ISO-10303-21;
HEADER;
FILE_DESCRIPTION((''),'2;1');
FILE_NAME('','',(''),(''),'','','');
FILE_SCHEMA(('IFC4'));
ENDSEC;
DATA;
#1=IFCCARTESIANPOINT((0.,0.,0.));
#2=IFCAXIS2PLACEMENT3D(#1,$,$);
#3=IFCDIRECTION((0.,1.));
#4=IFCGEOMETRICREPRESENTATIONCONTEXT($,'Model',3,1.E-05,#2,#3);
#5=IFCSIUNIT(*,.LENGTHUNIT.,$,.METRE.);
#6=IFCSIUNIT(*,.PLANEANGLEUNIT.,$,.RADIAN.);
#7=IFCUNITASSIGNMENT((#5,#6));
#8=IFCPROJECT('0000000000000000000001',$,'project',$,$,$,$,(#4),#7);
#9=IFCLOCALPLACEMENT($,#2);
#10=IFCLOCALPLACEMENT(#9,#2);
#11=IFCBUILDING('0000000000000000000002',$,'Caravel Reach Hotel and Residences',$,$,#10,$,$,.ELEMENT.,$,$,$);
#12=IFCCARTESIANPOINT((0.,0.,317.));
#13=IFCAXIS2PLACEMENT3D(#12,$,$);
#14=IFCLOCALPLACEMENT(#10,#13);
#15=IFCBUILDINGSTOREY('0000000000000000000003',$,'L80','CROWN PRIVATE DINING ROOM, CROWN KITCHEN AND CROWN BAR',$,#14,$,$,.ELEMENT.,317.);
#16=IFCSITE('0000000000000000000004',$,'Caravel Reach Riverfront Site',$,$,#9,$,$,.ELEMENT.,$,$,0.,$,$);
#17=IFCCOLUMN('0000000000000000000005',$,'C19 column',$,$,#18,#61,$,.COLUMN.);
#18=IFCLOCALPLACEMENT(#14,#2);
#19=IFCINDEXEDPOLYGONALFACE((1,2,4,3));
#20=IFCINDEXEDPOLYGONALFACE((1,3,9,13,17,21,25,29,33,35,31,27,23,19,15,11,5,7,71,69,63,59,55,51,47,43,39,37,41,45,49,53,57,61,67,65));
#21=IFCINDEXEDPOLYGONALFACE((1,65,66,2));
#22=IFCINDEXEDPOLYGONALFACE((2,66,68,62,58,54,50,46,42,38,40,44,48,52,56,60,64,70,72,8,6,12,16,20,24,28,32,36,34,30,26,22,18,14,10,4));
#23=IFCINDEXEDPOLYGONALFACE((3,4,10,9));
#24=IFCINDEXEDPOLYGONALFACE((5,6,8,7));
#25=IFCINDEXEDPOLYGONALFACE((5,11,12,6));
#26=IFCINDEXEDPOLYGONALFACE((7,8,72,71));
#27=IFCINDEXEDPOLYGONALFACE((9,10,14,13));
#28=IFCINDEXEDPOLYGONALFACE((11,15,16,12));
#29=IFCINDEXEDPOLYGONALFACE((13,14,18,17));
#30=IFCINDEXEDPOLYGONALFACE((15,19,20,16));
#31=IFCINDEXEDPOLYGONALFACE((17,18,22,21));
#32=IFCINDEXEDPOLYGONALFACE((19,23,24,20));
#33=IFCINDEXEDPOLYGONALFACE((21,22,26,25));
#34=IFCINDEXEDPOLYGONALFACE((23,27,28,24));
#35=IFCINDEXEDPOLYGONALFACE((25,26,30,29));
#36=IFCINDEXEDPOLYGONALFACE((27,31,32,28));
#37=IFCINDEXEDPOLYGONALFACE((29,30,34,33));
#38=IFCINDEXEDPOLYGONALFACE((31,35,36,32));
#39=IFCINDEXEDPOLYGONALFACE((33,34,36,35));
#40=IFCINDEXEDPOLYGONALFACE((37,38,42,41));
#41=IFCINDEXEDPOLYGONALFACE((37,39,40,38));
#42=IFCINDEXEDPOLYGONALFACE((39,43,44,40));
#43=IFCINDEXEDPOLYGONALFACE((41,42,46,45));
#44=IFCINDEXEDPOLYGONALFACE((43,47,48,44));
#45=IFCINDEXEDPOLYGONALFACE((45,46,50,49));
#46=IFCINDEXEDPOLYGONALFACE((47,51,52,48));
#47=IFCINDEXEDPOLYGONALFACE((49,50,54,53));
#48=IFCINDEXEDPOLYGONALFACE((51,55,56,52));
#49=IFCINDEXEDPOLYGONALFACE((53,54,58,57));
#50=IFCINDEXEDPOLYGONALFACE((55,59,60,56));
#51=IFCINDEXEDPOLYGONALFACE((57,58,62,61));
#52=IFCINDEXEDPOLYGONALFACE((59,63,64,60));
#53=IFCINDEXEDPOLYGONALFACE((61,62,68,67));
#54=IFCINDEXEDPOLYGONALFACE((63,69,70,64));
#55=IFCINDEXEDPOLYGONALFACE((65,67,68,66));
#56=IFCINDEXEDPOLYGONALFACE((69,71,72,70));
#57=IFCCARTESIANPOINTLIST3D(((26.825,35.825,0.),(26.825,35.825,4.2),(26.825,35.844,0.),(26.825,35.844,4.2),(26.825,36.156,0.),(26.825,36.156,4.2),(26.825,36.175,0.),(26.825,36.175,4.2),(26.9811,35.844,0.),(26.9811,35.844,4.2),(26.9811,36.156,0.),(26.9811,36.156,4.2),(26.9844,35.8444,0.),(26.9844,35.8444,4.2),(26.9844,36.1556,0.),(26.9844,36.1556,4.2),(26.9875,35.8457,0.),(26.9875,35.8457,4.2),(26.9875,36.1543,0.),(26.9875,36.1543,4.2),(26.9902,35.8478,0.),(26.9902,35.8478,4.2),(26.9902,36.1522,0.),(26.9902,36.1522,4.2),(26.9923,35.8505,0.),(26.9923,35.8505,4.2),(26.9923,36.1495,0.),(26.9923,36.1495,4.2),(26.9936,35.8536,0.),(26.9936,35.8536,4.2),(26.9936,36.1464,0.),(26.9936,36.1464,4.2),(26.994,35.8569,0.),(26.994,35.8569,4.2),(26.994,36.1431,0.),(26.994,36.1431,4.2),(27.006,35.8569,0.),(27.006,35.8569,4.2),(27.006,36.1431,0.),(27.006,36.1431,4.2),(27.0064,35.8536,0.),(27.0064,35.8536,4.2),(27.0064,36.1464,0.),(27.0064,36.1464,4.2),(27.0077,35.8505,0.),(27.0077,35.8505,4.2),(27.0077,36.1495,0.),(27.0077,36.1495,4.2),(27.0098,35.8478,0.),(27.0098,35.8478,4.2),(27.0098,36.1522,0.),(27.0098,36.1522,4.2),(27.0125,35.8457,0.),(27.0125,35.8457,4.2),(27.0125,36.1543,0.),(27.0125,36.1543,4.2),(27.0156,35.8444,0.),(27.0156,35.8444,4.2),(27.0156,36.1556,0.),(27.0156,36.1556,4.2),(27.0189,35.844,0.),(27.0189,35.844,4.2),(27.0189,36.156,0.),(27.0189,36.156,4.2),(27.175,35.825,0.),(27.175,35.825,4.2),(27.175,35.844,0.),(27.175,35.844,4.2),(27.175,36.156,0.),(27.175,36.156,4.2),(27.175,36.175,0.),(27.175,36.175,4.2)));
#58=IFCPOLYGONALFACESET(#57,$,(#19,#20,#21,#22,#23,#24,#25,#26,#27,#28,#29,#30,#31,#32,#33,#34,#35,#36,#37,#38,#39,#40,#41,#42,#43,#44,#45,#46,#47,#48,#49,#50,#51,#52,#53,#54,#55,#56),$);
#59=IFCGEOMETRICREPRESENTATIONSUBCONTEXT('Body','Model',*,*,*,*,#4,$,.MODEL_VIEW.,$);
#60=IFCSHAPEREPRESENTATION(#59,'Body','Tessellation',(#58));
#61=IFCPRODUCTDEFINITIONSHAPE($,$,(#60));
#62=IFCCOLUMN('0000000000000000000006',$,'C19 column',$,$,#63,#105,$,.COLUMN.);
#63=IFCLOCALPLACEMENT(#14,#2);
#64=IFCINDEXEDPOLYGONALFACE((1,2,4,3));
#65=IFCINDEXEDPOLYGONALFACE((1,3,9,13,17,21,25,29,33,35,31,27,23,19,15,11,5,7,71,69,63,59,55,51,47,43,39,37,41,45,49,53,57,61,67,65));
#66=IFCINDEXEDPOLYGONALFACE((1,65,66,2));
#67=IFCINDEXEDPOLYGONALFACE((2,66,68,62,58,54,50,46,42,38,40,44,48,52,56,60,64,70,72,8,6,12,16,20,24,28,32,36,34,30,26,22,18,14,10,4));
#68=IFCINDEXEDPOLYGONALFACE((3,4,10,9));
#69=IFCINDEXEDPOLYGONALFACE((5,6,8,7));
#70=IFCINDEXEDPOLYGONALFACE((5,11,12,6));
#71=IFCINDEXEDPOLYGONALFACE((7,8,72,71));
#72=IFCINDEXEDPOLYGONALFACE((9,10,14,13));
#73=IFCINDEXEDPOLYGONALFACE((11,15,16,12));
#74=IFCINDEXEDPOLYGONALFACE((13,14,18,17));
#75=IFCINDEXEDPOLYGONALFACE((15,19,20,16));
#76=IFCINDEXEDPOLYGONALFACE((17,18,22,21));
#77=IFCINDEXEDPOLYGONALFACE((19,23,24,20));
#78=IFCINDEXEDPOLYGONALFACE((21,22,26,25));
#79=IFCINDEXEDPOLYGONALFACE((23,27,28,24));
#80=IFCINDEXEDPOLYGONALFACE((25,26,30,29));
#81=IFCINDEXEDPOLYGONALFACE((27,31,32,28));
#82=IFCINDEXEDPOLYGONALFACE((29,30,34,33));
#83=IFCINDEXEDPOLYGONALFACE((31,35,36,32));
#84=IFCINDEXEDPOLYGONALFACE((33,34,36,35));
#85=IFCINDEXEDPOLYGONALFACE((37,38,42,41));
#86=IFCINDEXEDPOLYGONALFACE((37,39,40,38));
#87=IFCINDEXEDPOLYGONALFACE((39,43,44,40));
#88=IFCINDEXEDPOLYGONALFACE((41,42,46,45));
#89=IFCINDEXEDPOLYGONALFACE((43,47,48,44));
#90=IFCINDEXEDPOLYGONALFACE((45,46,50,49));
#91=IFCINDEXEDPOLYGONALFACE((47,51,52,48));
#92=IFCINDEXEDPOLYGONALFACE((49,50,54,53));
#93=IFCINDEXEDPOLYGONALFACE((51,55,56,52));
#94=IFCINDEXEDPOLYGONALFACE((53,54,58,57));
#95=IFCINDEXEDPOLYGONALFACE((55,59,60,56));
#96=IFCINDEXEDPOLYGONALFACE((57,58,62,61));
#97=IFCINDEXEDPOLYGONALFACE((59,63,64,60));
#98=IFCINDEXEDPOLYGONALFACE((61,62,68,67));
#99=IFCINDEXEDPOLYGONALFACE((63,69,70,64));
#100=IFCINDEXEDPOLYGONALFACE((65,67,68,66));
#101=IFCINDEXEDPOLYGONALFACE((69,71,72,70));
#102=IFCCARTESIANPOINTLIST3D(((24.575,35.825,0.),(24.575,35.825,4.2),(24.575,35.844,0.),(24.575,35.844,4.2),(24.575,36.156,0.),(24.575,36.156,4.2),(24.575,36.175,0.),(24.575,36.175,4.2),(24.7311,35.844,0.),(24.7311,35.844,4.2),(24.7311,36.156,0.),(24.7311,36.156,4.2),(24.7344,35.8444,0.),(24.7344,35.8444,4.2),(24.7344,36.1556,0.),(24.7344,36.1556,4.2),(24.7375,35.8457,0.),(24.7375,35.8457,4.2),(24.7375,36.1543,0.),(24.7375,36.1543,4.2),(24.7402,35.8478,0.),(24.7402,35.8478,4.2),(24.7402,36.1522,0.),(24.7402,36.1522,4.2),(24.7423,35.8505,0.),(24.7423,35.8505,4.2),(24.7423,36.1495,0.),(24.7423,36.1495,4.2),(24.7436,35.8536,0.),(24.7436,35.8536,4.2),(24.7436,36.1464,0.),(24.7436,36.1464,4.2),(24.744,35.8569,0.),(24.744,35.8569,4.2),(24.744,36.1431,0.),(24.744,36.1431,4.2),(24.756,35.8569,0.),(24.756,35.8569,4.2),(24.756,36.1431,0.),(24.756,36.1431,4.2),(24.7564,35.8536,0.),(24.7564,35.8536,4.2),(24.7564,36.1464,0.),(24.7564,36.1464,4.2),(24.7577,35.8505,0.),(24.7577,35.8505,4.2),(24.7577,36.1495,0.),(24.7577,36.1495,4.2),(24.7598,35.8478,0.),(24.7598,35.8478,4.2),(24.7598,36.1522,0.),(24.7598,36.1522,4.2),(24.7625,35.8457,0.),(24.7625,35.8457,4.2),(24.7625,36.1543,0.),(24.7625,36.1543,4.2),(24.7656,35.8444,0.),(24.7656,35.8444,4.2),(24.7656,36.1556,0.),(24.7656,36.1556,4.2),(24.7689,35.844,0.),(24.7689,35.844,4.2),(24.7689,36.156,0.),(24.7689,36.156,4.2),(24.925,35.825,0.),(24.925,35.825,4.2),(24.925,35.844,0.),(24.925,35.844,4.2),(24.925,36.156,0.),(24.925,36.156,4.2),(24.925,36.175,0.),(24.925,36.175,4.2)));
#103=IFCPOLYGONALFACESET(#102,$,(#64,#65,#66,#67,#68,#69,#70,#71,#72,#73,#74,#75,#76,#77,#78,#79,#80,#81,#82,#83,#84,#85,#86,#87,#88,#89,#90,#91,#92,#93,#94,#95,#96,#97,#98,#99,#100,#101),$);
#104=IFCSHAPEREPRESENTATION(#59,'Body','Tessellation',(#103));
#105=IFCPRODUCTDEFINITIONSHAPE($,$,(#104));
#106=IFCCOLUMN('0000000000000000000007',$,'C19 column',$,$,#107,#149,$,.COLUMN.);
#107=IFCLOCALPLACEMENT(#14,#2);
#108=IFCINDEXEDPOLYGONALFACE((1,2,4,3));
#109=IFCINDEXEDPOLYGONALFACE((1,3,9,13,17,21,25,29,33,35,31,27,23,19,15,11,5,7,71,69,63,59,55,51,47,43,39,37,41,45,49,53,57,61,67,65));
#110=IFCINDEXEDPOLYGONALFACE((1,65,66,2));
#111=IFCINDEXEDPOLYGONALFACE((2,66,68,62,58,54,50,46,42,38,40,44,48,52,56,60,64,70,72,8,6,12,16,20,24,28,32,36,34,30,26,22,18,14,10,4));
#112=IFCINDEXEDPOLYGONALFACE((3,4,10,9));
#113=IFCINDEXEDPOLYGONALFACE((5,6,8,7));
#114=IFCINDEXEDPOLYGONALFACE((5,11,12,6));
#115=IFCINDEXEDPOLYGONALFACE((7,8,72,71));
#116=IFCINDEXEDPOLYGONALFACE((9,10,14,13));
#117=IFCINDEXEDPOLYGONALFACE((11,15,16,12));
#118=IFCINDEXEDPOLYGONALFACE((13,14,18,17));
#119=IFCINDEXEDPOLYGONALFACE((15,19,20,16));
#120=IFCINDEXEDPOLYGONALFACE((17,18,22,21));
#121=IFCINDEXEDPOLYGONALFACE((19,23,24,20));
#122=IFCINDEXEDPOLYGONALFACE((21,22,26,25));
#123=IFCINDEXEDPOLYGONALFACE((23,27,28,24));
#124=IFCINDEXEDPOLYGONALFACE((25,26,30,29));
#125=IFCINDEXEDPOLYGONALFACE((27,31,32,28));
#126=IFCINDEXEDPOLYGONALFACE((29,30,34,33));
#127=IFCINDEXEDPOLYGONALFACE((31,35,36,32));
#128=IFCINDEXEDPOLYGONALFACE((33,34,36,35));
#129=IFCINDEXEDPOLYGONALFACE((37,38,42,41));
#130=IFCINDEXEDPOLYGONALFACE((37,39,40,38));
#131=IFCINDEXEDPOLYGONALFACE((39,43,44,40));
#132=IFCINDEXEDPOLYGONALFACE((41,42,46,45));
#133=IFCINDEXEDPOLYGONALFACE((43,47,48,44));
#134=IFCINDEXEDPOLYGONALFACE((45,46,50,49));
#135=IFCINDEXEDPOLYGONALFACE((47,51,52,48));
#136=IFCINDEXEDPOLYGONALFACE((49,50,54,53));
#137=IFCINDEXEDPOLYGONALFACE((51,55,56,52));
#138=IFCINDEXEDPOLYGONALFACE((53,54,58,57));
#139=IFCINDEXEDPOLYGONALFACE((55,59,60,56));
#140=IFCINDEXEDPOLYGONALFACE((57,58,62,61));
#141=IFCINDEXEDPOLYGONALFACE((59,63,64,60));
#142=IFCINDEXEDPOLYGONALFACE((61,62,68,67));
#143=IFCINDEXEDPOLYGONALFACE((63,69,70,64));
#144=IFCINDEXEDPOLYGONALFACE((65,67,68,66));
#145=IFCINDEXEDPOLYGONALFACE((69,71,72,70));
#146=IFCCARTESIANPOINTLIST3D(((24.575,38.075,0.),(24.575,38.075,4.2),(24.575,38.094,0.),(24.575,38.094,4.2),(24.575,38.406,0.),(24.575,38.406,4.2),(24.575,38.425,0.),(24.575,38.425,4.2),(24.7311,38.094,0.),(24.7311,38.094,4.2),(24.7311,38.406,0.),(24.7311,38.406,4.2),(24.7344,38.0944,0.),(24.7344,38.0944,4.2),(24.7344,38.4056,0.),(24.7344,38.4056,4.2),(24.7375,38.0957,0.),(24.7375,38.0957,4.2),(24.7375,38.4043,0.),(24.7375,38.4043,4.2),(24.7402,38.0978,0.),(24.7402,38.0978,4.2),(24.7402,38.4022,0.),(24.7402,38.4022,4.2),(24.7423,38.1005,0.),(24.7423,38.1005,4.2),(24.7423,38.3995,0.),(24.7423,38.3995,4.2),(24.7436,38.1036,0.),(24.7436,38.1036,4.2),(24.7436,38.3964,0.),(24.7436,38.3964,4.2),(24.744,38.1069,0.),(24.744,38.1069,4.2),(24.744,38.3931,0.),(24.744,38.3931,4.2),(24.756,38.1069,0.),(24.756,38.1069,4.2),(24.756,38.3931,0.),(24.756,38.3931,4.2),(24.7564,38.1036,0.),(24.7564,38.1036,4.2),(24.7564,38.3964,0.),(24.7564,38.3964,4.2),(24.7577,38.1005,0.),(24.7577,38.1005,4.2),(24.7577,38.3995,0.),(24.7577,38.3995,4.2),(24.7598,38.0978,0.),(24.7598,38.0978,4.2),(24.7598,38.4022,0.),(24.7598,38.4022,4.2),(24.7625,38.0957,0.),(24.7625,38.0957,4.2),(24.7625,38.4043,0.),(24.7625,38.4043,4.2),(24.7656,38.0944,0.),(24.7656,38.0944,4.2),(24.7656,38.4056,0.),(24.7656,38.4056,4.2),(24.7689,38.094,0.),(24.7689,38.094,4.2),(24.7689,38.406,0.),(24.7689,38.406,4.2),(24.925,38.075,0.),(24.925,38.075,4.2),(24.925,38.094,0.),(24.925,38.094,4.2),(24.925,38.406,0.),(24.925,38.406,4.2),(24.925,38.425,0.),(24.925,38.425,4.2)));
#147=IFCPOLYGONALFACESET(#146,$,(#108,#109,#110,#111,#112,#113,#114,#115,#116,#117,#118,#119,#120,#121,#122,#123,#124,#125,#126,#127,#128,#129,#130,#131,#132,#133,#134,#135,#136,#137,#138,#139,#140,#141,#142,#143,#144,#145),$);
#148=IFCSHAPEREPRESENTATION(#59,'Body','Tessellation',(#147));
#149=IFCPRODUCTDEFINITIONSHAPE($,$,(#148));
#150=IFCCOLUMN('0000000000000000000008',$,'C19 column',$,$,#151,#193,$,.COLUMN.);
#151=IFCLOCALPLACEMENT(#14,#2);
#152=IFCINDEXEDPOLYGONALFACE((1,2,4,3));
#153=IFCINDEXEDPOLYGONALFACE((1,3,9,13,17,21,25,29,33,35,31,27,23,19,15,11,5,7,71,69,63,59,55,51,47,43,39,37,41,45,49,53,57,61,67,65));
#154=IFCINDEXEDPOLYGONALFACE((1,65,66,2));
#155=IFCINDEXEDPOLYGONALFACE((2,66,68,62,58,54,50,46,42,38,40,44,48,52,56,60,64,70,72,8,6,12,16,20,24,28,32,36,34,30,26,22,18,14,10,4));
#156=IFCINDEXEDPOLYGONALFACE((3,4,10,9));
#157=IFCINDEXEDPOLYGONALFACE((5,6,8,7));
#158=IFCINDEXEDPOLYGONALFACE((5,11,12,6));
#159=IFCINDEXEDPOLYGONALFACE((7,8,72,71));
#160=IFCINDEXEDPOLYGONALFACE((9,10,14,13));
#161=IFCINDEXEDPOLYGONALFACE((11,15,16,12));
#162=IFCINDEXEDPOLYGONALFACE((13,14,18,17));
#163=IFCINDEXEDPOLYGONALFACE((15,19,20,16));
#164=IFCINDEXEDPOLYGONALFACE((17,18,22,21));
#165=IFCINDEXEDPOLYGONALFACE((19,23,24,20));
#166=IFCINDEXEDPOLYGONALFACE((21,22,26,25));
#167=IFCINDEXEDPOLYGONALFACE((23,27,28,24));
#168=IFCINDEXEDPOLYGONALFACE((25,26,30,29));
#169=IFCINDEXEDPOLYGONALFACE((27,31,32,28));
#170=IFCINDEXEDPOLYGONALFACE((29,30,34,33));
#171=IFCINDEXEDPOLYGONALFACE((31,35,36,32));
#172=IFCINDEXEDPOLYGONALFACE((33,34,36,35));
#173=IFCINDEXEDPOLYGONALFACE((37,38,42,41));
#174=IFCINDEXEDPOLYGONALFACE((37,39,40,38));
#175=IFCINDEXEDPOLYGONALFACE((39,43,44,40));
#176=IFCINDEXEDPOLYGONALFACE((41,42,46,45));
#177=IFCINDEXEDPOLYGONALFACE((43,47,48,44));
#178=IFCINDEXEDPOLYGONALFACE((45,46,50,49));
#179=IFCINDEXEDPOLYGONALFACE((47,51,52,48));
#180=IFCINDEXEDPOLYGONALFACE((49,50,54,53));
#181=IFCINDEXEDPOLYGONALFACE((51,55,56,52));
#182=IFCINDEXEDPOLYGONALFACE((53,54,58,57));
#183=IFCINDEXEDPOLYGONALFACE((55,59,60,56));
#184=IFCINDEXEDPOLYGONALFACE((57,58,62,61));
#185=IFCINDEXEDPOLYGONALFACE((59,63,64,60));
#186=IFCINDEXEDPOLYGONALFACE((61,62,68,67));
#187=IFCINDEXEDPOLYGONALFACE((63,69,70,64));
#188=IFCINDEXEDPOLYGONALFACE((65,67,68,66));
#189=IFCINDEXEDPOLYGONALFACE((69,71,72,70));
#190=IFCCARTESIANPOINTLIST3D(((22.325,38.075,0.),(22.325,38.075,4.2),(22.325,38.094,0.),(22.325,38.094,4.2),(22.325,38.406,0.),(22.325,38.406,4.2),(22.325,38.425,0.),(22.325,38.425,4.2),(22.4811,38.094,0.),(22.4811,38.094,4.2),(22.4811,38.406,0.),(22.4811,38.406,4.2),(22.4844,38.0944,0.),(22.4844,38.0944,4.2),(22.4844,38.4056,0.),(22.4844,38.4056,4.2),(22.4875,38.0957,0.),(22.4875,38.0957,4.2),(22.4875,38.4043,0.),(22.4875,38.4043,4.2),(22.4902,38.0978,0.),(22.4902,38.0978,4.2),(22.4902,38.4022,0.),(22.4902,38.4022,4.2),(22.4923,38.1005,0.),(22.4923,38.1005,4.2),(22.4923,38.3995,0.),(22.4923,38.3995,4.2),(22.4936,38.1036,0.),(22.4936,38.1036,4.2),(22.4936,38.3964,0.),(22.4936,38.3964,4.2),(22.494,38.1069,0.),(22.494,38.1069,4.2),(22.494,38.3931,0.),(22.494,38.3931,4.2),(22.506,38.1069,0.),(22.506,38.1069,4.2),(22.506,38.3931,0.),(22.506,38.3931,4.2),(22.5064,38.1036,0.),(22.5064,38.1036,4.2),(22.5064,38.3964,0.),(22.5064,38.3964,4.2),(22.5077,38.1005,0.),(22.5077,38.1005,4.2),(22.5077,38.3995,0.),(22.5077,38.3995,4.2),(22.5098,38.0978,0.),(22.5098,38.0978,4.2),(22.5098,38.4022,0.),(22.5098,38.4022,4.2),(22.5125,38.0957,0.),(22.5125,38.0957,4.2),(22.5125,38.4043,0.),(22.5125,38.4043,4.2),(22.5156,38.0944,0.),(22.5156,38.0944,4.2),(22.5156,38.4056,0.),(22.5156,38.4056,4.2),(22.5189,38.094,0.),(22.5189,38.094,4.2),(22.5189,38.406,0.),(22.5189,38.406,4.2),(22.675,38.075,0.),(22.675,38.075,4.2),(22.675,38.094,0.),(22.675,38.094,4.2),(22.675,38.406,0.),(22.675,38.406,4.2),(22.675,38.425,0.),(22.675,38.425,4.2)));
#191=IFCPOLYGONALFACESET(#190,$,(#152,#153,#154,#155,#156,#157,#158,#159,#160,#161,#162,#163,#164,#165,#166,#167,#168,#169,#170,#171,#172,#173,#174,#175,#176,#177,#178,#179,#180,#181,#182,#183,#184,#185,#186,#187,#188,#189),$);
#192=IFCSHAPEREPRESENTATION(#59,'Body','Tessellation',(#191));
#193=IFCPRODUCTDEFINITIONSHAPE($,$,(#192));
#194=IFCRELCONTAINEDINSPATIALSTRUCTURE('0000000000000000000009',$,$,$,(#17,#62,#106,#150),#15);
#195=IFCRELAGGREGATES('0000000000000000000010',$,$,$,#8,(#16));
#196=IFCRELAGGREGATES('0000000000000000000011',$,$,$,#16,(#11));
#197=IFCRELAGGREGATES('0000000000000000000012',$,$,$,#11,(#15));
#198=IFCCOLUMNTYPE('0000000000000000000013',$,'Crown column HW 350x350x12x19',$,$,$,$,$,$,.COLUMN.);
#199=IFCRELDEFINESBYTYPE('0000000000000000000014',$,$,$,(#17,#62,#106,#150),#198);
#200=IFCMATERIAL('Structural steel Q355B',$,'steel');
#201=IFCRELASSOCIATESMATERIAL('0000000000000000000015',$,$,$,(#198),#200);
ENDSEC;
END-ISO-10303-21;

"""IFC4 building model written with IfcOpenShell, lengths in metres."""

from ifc_helpers import new_model, si_unit, direction, frame, origin, origin_2d, place, context, subcontext, project, spatial, i_section, extrude, material, material_profile, profile_set, type_object, element, save


model = new_model("IFC4")

# Units and contexts
model_context = context("Model", 3, precision=1e-05, world=origin(), true_north=direction((0.0, 1.0)))
body_context = subcontext(model_context, "Body", "Model", "MODEL_VIEW")
ifc_project = project(units=[si_unit("LENGTHUNIT", "METRE"), si_unit("PLANEANGLEUNIT", "RADIAN")], contexts=[model_context])

# Site, building, storey
site_placement = place(None, origin())
site = spatial("IfcSite", under=ifc_project, at=site_placement, Name="Caravel Reach Riverfront Site", CompositionType="ELEMENT", RefElevation=0.0)
building_placement = place(site_placement, origin())
building = spatial("IfcBuilding", under=site, at=building_placement, Name="Caravel Reach Hotel and Residences", CompositionType="ELEMENT")
storey_placement = place(building_placement, frame((0.0, 0.0, 317.0)))
storey = spatial("IfcBuildingStorey", under=building, at=storey_placement, Name="L80", Description="CROWN PRIVATE DINING ROOM, CROWN KITCHEN AND CROWN BAR", CompositionType="ELEMENT", Elevation=317.0)

# Columns
ifc_material_1 = material(Name="Structural steel Q355B", Category="steel")
ifc_material_profile_1 = material_profile(ifc_material_1, i_section(OverallWidth=0.3501, OverallDepth=0.3501, WebThickness=0.012, FlangeThickness=0.019, FilletRadius=0.0129, at=origin_2d()), Name="HW 350x350x12x19")
ifc_profile_set_1 = profile_set([ifc_material_profile_1], Name="Structural steel Q355B")
column_type = type_object("IfcColumnType", Name="Crown column HW 350x350x12x19", PredefinedType="COLUMN", material=ifc_profile_set_1)
for number, where, z_axis, x_axis, name in (
    (1, (27.0, 36.0, 0.0), (0.0, 0.0, 1.0), (1.0, 0.0, 0.0), "C19 column"),
    (2, (24.75, 36.0, 0.0), (0.0, 0.0, 1.0), (1.0, 0.0, 0.0), "C19 column"),
    (3, (24.75, 38.25, 0.0), (0.0, 0.0, 1.0), (1.0, 0.0, 0.0), "C19 column"),
    (4, (22.5, 38.25, 0.0), (0.0, 0.0, 1.0), (1.0, 0.0, 0.0), "C19 column"),
):
    element("IfcColumn", number, at=place(storey_placement, frame(where, z_axis=z_axis, x_axis=x_axis)), inside=storey, type_object=column_type, Name=name, PredefinedType="COLUMN", context=body_context, shape_type="SweptSolid", body=[
        extrude(i_section(OverallWidth=0.3501, OverallDepth=0.3501, WebThickness=0.012, FlangeThickness=0.019, FilletRadius=0.0129, at=origin_2d()), origin(), (0.0, 0.0, 1.0), 4.2),
    ])

save(model, "model.ifc")
